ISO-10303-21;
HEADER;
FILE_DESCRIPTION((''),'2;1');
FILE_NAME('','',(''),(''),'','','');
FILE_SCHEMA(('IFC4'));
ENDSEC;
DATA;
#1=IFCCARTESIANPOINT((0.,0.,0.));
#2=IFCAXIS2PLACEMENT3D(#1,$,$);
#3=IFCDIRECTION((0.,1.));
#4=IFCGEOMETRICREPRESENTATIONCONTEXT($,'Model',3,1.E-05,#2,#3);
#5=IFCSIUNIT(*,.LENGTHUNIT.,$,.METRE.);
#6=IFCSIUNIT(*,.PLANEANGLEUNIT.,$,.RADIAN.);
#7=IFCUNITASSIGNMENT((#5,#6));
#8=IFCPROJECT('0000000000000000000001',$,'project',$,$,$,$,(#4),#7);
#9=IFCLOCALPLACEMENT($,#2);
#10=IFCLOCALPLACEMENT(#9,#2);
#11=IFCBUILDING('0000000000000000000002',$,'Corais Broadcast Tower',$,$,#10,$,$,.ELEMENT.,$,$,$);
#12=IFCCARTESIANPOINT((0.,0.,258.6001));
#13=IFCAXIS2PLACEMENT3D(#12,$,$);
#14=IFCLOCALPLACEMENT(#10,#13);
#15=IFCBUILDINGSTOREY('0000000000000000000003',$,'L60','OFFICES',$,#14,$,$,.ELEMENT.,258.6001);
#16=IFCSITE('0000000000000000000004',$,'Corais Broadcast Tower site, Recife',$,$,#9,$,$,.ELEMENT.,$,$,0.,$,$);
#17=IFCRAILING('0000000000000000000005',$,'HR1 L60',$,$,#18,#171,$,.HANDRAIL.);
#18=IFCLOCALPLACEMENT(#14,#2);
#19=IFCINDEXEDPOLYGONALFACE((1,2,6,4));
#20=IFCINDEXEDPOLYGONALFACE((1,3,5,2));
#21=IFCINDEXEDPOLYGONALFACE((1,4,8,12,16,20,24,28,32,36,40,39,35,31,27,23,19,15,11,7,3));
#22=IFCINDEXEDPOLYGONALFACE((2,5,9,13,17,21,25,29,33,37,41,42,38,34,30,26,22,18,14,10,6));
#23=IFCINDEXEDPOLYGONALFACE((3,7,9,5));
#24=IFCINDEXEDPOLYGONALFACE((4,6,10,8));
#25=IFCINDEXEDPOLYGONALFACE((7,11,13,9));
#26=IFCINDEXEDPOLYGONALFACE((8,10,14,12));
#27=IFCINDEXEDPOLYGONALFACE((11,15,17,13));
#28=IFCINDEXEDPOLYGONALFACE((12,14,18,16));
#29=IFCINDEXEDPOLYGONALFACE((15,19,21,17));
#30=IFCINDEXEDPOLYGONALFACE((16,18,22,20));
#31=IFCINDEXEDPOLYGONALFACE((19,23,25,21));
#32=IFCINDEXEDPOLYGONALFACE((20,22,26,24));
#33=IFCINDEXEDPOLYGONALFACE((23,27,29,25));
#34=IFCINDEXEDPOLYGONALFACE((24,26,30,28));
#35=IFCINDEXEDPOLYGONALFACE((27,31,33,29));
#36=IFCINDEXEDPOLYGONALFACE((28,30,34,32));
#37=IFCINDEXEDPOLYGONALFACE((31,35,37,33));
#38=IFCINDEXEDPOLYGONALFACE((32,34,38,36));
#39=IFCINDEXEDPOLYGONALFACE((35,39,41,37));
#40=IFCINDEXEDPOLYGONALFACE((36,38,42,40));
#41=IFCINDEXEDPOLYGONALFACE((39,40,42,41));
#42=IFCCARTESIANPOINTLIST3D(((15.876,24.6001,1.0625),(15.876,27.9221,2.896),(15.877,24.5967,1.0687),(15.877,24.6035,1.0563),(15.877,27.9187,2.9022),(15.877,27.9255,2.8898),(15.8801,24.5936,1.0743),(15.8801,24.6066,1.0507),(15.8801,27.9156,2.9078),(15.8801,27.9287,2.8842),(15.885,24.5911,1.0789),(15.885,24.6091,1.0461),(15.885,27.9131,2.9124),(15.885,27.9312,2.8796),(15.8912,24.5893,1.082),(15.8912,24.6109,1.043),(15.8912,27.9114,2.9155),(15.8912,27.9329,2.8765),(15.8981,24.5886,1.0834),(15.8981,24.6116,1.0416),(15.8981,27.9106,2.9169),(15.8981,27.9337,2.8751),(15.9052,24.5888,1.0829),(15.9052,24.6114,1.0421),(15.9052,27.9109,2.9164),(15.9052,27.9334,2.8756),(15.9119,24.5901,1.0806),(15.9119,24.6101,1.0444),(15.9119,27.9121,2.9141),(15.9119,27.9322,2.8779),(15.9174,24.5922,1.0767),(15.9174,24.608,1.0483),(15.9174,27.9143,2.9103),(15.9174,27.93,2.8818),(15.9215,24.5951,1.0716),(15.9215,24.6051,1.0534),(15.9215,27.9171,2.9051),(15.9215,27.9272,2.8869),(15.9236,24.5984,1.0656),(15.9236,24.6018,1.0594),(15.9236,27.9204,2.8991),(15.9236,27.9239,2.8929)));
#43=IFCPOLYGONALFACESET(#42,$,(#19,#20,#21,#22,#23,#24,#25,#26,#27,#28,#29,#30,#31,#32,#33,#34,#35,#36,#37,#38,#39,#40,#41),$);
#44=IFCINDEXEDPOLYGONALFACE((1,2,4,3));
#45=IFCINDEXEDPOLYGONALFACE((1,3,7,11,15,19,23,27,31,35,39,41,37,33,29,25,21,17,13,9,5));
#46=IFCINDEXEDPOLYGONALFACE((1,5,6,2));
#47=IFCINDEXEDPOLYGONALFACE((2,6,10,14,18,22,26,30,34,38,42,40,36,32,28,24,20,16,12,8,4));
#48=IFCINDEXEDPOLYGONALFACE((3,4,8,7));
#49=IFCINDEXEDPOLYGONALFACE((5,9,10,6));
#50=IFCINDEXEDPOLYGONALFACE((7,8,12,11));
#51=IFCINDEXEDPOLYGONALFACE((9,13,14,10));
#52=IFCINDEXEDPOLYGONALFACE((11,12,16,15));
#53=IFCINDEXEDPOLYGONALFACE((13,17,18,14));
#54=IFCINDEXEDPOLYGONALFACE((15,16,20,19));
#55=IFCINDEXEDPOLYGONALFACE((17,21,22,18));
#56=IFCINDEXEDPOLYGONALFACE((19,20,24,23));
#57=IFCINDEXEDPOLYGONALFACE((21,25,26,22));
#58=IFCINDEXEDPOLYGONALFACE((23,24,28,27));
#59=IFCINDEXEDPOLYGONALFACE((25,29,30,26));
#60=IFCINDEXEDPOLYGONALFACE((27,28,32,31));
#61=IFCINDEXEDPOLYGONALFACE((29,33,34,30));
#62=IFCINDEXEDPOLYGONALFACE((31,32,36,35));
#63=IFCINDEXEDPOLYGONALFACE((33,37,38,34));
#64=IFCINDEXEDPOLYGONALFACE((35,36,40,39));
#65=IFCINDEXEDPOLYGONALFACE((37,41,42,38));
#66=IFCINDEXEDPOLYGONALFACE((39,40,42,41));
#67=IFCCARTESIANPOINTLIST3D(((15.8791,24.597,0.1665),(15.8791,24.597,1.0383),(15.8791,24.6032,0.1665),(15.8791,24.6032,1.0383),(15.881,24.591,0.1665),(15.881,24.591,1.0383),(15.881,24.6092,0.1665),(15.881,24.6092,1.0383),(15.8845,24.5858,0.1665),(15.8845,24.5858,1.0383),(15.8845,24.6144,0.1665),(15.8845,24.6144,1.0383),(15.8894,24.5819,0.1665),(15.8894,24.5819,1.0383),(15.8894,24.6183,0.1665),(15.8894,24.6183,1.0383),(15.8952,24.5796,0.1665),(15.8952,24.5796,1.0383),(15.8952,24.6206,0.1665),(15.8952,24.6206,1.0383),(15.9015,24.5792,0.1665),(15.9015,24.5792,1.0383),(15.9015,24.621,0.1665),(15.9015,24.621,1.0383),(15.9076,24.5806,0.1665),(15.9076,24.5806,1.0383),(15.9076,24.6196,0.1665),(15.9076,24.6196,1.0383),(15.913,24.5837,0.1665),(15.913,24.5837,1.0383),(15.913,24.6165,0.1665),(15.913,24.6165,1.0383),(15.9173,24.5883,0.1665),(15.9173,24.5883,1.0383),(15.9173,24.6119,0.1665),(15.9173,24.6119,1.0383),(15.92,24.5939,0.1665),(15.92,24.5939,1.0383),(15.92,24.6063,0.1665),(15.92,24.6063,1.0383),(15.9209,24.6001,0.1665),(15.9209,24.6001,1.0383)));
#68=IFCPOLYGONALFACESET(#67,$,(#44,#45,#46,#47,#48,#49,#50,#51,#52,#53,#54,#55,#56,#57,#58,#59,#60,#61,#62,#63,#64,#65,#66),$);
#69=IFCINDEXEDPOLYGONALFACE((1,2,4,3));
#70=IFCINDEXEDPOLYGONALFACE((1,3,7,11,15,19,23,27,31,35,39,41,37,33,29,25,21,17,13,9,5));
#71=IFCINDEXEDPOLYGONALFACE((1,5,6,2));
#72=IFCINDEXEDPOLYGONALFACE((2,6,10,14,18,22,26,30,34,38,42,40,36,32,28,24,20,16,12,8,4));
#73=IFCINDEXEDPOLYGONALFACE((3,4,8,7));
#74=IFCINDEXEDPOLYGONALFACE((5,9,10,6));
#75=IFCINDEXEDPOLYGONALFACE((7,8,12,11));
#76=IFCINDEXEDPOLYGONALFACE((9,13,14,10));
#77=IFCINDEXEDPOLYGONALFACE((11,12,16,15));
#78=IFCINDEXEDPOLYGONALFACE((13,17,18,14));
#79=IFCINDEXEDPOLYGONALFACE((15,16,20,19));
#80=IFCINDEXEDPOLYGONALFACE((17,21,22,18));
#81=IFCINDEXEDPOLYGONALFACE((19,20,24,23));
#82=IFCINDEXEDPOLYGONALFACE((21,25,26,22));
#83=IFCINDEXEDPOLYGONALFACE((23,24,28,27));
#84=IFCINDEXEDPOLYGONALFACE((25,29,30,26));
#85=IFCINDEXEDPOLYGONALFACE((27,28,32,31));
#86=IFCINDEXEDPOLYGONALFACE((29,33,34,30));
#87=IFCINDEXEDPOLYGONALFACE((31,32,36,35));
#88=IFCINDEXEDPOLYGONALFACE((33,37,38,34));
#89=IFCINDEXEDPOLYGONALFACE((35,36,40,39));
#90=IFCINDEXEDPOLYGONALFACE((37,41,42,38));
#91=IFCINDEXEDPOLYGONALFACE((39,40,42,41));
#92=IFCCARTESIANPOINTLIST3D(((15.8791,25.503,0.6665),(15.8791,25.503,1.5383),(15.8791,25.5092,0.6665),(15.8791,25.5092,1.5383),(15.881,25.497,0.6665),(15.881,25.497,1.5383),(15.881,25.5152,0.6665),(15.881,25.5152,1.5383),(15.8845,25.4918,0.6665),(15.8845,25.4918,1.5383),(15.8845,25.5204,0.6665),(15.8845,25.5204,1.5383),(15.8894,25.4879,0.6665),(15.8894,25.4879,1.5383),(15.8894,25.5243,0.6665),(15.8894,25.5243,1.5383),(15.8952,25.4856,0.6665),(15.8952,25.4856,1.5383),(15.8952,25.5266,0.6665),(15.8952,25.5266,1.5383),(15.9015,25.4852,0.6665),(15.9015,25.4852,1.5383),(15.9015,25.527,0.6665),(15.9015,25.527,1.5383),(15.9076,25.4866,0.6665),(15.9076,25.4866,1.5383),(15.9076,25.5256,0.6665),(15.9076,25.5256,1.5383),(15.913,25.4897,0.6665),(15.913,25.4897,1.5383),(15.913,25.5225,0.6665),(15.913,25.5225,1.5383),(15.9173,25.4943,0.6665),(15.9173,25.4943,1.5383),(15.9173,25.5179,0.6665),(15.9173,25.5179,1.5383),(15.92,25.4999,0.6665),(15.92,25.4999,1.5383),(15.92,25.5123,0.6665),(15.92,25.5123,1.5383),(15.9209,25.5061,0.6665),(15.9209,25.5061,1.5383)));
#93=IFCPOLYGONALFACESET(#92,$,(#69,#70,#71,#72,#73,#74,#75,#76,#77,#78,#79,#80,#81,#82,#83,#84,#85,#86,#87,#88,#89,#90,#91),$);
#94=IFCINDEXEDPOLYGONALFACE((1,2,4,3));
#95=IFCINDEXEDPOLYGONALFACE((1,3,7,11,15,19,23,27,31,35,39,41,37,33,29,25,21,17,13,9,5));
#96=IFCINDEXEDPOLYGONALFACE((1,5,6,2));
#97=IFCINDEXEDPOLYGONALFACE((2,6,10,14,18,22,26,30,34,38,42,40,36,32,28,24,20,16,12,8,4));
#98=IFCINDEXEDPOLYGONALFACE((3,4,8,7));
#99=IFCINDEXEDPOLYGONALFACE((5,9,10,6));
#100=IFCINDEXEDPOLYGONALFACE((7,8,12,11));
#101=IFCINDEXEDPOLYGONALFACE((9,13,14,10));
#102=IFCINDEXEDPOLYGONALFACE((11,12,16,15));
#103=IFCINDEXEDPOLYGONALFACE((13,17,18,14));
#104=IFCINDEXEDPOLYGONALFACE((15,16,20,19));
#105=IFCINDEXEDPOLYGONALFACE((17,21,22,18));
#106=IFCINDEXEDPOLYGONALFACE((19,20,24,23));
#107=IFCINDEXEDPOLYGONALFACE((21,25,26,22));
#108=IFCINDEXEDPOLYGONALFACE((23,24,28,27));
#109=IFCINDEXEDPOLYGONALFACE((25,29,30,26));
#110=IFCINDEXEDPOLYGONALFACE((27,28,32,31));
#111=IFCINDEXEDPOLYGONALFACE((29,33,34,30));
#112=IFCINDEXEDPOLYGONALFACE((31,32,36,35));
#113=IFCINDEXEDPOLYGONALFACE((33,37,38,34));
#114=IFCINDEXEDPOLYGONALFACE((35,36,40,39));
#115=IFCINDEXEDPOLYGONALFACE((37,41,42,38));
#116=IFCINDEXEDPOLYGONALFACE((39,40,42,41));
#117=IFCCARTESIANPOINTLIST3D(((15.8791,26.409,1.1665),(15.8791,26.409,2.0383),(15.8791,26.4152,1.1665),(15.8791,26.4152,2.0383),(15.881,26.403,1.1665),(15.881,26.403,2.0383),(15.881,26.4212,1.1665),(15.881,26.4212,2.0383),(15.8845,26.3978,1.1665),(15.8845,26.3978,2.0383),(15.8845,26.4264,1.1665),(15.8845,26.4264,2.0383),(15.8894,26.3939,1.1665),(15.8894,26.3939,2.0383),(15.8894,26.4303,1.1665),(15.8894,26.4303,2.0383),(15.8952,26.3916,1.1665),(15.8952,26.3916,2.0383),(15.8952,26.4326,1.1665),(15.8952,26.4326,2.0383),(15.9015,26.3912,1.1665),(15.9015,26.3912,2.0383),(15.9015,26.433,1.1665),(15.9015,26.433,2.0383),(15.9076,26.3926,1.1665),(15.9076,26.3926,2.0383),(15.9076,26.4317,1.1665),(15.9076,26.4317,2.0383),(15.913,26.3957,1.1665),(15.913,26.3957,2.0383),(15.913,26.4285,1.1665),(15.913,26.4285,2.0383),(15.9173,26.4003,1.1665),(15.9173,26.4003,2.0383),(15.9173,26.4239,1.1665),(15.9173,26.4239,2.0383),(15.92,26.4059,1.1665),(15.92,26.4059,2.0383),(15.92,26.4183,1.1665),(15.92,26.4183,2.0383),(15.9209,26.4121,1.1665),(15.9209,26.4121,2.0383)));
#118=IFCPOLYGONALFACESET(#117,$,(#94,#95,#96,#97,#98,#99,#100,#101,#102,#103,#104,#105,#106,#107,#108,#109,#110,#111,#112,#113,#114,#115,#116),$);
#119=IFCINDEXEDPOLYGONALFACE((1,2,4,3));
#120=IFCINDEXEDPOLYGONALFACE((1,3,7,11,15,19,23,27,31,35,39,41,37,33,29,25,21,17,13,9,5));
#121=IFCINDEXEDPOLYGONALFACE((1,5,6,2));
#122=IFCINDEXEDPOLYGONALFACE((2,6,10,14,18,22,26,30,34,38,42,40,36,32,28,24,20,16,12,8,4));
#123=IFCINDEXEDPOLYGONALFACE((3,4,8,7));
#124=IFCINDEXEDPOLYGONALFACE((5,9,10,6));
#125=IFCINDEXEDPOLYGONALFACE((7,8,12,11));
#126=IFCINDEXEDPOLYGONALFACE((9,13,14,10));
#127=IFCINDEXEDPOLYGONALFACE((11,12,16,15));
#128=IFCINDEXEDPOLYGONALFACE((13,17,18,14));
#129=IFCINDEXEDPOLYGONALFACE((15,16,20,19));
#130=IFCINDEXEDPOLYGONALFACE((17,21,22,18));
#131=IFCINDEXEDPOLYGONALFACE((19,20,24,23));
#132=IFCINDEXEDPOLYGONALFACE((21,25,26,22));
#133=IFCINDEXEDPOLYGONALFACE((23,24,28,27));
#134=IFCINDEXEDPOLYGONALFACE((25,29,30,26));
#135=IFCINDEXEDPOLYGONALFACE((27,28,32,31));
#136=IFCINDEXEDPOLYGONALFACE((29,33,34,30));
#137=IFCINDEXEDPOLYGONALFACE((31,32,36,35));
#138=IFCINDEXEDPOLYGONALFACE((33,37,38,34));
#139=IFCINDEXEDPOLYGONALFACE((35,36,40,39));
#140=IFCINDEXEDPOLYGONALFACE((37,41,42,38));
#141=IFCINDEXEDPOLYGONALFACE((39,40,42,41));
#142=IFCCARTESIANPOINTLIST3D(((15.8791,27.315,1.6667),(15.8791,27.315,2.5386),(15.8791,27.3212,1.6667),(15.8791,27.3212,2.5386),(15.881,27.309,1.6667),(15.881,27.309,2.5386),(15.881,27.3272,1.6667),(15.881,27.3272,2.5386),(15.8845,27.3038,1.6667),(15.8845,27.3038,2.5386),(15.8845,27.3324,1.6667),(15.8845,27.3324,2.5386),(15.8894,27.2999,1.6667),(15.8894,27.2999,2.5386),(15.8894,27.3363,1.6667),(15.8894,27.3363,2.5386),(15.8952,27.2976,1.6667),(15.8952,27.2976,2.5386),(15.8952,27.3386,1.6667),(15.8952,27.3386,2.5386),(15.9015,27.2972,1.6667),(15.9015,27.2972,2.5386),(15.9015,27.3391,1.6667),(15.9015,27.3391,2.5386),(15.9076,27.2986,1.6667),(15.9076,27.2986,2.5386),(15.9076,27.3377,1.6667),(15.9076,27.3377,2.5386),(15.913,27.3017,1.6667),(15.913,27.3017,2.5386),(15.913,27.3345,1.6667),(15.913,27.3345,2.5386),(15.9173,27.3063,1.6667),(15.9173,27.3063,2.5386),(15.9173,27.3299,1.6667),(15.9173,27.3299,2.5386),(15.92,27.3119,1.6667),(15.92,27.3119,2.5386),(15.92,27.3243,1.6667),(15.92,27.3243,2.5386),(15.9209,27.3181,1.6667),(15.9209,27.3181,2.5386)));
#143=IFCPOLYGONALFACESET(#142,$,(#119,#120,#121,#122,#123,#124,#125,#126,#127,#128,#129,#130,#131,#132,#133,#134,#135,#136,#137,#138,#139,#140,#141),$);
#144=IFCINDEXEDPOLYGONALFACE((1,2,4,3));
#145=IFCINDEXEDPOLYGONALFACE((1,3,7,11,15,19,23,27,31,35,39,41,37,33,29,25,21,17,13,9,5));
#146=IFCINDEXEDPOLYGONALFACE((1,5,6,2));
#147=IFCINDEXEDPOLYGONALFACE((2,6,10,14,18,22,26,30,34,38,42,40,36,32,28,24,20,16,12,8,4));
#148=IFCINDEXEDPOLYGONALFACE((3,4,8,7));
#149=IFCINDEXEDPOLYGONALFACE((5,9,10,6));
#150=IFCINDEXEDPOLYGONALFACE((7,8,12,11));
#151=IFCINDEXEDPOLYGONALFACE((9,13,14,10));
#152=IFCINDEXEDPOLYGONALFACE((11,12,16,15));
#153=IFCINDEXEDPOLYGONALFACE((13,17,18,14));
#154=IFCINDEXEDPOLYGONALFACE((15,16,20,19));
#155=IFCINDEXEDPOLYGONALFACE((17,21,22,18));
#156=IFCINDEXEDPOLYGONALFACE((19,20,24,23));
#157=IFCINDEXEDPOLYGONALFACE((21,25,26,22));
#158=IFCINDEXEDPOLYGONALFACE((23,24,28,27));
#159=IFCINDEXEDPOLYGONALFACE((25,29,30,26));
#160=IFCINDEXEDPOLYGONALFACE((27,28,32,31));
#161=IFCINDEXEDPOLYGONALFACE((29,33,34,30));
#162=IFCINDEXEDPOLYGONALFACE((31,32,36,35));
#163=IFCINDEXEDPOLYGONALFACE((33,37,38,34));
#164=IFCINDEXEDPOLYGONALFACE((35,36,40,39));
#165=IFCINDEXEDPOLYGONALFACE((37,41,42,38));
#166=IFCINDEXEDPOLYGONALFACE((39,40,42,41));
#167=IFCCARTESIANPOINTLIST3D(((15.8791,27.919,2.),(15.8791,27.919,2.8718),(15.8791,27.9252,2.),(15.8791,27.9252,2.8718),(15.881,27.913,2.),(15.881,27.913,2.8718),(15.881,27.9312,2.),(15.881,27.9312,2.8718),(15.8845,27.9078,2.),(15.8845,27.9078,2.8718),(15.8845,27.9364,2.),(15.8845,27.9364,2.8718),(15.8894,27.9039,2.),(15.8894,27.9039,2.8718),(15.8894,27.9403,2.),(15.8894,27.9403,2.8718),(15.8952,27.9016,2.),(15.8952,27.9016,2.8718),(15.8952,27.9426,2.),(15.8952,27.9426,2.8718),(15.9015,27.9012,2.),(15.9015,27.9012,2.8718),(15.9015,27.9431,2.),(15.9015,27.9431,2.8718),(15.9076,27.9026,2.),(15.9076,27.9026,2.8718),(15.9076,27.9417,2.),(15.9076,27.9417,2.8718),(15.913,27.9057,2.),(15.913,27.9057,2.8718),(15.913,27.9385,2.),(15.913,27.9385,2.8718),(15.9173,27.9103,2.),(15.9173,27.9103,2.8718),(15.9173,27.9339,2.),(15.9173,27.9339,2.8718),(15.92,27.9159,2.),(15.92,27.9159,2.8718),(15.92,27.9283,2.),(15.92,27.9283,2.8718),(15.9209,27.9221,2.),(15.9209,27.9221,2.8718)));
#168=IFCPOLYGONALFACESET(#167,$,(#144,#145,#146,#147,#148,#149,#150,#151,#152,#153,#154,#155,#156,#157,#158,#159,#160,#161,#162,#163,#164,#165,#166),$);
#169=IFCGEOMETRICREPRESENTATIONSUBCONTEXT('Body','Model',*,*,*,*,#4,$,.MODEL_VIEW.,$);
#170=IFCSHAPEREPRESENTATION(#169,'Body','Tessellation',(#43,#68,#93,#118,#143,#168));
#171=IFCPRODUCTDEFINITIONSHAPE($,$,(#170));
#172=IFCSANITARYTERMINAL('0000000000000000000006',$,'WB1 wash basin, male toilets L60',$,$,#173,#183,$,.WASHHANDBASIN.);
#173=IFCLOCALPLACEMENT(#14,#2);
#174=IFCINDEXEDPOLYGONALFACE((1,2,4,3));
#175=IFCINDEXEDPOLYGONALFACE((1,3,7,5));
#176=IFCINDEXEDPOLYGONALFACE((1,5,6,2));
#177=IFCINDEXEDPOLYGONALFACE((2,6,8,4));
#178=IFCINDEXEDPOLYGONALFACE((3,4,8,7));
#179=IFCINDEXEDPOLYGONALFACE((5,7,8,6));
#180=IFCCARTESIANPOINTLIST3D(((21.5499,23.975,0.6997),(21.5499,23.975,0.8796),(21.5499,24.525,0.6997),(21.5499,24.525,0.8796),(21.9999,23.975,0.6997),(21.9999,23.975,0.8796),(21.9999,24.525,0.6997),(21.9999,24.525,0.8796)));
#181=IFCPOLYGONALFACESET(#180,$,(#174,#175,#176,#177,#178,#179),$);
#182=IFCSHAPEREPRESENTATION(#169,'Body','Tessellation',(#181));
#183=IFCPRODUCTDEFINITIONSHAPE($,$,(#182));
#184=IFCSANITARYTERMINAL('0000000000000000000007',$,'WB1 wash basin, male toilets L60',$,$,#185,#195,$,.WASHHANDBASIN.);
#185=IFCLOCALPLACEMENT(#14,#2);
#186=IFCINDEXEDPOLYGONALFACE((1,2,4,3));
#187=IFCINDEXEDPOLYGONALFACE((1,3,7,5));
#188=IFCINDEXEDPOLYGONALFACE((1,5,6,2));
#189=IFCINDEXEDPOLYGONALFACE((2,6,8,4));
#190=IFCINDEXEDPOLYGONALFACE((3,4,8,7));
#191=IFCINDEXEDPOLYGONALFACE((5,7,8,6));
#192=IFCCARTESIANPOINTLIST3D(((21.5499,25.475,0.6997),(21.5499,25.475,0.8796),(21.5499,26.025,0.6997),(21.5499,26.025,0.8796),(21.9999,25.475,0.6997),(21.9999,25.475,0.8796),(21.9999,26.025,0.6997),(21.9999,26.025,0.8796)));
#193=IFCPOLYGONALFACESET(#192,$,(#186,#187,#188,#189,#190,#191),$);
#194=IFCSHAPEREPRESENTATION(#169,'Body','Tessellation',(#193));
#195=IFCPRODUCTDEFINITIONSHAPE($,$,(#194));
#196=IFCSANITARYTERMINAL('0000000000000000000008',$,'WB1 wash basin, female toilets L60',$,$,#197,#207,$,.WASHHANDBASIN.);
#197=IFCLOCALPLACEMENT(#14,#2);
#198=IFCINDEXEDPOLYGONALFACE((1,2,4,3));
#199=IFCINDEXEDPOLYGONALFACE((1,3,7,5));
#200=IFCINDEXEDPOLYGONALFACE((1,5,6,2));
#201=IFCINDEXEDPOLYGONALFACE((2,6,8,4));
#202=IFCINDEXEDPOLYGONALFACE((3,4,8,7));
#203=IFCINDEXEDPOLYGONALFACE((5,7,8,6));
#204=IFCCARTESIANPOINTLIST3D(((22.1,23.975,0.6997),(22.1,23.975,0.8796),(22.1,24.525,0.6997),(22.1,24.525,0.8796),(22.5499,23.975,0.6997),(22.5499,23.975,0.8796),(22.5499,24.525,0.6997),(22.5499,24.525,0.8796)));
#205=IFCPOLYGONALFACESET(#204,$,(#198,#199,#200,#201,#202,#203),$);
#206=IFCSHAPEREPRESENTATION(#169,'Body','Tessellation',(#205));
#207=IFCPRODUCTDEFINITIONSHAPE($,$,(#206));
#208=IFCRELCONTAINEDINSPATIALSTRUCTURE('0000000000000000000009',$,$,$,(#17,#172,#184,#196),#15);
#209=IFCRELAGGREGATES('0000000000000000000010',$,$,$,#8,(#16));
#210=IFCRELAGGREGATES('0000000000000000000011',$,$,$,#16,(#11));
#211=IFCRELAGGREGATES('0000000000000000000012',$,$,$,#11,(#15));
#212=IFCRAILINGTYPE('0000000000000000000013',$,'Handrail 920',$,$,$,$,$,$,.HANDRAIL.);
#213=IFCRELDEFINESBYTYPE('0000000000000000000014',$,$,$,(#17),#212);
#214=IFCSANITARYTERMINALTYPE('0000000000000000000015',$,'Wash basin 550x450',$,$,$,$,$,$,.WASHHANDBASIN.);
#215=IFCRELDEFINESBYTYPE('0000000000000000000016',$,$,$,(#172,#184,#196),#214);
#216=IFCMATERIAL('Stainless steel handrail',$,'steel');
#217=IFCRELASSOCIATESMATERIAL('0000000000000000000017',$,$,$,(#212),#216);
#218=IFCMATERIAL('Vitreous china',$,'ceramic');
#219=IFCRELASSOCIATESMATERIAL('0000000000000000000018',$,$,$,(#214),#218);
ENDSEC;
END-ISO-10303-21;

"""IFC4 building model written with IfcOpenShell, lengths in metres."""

from ifc_helpers import new_model, si_unit, direction, frame, origin, origin_2d, place, context, subcontext, project, spatial, rectangle, circle, extrude, material, type_object, element, save


model = new_model("IFC4")

# Units and contexts
model_context = context("Model", 3, precision=1e-05, world=origin(), true_north=direction((0.0, 1.0)))
body_context = subcontext(model_context, "Body", "Model", "MODEL_VIEW")
ifc_project = project(units=[si_unit("LENGTHUNIT", "METRE"), si_unit("PLANEANGLEUNIT", "RADIAN")], contexts=[model_context])

# Site, building, storey
site_placement = place(None, origin())
site = spatial("IfcSite", under=ifc_project, at=site_placement, Name="Corais Broadcast Tower site, Recife", CompositionType="ELEMENT", RefElevation=0.0)
building_placement = place(site_placement, origin())
building = spatial("IfcBuilding", under=site, at=building_placement, Name="Corais Broadcast Tower", CompositionType="ELEMENT")
storey_placement = place(building_placement, frame((0.0, 0.0, 258.6001)))
storey = spatial("IfcBuildingStorey", under=building, at=storey_placement, Name="L60", Description="OFFICES", CompositionType="ELEMENT", Elevation=258.6001)

# Railing
ifc_material_1 = material(Name="Stainless steel handrail", Category="steel")
railing_type = type_object("IfcRailingType", Name="Handrail 920", PredefinedType="HANDRAIL", material=ifc_material_1)
for number, where, name in (
    (1, (15.8999, 24.6001, 0.1665), "HR1 L60"),
):
    element("IfcRailing", number, at=place(storey_placement, frame(where)), inside=storey, type_object=railing_type, Name=name, PredefinedType="HANDRAIL", context=body_context, shape_type="SweptSolid", body=[
        extrude(circle(Radius=0.0239, at=origin_2d()), frame((0.0, 0.0, 0.896), z_axis=(0.0, 0.875504, 0.48321), x_axis=(-1.0, 0.0, 0.0)), (0.0, 0.0, 1.0), 3.7944),
        extrude(circle(Radius=0.021, at=origin_2d()), origin(), (0.0, 0.0, 1.0), 0.8718),
        extrude(circle(Radius=0.021, at=origin_2d()), frame((0.0, 0.906, 0.5)), (0.0, 0.0, 1.0), 0.8718),
        extrude(circle(Radius=0.021, at=origin_2d()), frame((0.0, 1.812, 1.0)), (0.0, 0.0, 1.0), 0.8718),
        extrude(circle(Radius=0.021, at=origin_2d()), frame((0.0, 2.718, 1.5002)), (0.0, 0.0, 1.0), 0.8718),
        extrude(circle(Radius=0.021, at=origin_2d()), frame((0.0, 3.322, 1.8335)), (0.0, 0.0, 1.0), 0.8718),
    ])

# Sanitary terminals
ifc_material_2 = material(Name="Vitreous china", Category="ceramic")
sanitary_terminal_type = type_object("IfcSanitaryTerminalType", Name="Wash basin 550x450", PredefinedType="WASHHANDBASIN", material=ifc_material_2)
for number, where, z_axis, x_axis, name in (
    (2, (21.7749, 24.25, 0.6997), (0.0, 0.0, 1.0), (1.0, 0.0, 0.0), "WB1 wash basin, male toilets L60"),
    (3, (21.7749, 25.75, 0.6997), (0.0, 0.0, 1.0), (1.0, 0.0, 0.0), "WB1 wash basin, male toilets L60"),
    (4, (22.325, 24.25, 0.6997), (0.0, 0.0, 1.0), (1.0, 0.0, 0.0), "WB1 wash basin, female toilets L60"),
):
    element("IfcSanitaryTerminal", number, at=place(storey_placement, frame(where, z_axis=z_axis, x_axis=x_axis)), inside=storey, type_object=sanitary_terminal_type, Name=name, PredefinedType="WASHHANDBASIN", context=body_context, shape_type="SweptSolid", body=[
        extrude(rectangle(XDim=0.45, YDim=0.55, at=origin_2d()), origin(), (0.0, 0.0, 1.0), 0.1799),
    ])

save(model, "model.ifc")
